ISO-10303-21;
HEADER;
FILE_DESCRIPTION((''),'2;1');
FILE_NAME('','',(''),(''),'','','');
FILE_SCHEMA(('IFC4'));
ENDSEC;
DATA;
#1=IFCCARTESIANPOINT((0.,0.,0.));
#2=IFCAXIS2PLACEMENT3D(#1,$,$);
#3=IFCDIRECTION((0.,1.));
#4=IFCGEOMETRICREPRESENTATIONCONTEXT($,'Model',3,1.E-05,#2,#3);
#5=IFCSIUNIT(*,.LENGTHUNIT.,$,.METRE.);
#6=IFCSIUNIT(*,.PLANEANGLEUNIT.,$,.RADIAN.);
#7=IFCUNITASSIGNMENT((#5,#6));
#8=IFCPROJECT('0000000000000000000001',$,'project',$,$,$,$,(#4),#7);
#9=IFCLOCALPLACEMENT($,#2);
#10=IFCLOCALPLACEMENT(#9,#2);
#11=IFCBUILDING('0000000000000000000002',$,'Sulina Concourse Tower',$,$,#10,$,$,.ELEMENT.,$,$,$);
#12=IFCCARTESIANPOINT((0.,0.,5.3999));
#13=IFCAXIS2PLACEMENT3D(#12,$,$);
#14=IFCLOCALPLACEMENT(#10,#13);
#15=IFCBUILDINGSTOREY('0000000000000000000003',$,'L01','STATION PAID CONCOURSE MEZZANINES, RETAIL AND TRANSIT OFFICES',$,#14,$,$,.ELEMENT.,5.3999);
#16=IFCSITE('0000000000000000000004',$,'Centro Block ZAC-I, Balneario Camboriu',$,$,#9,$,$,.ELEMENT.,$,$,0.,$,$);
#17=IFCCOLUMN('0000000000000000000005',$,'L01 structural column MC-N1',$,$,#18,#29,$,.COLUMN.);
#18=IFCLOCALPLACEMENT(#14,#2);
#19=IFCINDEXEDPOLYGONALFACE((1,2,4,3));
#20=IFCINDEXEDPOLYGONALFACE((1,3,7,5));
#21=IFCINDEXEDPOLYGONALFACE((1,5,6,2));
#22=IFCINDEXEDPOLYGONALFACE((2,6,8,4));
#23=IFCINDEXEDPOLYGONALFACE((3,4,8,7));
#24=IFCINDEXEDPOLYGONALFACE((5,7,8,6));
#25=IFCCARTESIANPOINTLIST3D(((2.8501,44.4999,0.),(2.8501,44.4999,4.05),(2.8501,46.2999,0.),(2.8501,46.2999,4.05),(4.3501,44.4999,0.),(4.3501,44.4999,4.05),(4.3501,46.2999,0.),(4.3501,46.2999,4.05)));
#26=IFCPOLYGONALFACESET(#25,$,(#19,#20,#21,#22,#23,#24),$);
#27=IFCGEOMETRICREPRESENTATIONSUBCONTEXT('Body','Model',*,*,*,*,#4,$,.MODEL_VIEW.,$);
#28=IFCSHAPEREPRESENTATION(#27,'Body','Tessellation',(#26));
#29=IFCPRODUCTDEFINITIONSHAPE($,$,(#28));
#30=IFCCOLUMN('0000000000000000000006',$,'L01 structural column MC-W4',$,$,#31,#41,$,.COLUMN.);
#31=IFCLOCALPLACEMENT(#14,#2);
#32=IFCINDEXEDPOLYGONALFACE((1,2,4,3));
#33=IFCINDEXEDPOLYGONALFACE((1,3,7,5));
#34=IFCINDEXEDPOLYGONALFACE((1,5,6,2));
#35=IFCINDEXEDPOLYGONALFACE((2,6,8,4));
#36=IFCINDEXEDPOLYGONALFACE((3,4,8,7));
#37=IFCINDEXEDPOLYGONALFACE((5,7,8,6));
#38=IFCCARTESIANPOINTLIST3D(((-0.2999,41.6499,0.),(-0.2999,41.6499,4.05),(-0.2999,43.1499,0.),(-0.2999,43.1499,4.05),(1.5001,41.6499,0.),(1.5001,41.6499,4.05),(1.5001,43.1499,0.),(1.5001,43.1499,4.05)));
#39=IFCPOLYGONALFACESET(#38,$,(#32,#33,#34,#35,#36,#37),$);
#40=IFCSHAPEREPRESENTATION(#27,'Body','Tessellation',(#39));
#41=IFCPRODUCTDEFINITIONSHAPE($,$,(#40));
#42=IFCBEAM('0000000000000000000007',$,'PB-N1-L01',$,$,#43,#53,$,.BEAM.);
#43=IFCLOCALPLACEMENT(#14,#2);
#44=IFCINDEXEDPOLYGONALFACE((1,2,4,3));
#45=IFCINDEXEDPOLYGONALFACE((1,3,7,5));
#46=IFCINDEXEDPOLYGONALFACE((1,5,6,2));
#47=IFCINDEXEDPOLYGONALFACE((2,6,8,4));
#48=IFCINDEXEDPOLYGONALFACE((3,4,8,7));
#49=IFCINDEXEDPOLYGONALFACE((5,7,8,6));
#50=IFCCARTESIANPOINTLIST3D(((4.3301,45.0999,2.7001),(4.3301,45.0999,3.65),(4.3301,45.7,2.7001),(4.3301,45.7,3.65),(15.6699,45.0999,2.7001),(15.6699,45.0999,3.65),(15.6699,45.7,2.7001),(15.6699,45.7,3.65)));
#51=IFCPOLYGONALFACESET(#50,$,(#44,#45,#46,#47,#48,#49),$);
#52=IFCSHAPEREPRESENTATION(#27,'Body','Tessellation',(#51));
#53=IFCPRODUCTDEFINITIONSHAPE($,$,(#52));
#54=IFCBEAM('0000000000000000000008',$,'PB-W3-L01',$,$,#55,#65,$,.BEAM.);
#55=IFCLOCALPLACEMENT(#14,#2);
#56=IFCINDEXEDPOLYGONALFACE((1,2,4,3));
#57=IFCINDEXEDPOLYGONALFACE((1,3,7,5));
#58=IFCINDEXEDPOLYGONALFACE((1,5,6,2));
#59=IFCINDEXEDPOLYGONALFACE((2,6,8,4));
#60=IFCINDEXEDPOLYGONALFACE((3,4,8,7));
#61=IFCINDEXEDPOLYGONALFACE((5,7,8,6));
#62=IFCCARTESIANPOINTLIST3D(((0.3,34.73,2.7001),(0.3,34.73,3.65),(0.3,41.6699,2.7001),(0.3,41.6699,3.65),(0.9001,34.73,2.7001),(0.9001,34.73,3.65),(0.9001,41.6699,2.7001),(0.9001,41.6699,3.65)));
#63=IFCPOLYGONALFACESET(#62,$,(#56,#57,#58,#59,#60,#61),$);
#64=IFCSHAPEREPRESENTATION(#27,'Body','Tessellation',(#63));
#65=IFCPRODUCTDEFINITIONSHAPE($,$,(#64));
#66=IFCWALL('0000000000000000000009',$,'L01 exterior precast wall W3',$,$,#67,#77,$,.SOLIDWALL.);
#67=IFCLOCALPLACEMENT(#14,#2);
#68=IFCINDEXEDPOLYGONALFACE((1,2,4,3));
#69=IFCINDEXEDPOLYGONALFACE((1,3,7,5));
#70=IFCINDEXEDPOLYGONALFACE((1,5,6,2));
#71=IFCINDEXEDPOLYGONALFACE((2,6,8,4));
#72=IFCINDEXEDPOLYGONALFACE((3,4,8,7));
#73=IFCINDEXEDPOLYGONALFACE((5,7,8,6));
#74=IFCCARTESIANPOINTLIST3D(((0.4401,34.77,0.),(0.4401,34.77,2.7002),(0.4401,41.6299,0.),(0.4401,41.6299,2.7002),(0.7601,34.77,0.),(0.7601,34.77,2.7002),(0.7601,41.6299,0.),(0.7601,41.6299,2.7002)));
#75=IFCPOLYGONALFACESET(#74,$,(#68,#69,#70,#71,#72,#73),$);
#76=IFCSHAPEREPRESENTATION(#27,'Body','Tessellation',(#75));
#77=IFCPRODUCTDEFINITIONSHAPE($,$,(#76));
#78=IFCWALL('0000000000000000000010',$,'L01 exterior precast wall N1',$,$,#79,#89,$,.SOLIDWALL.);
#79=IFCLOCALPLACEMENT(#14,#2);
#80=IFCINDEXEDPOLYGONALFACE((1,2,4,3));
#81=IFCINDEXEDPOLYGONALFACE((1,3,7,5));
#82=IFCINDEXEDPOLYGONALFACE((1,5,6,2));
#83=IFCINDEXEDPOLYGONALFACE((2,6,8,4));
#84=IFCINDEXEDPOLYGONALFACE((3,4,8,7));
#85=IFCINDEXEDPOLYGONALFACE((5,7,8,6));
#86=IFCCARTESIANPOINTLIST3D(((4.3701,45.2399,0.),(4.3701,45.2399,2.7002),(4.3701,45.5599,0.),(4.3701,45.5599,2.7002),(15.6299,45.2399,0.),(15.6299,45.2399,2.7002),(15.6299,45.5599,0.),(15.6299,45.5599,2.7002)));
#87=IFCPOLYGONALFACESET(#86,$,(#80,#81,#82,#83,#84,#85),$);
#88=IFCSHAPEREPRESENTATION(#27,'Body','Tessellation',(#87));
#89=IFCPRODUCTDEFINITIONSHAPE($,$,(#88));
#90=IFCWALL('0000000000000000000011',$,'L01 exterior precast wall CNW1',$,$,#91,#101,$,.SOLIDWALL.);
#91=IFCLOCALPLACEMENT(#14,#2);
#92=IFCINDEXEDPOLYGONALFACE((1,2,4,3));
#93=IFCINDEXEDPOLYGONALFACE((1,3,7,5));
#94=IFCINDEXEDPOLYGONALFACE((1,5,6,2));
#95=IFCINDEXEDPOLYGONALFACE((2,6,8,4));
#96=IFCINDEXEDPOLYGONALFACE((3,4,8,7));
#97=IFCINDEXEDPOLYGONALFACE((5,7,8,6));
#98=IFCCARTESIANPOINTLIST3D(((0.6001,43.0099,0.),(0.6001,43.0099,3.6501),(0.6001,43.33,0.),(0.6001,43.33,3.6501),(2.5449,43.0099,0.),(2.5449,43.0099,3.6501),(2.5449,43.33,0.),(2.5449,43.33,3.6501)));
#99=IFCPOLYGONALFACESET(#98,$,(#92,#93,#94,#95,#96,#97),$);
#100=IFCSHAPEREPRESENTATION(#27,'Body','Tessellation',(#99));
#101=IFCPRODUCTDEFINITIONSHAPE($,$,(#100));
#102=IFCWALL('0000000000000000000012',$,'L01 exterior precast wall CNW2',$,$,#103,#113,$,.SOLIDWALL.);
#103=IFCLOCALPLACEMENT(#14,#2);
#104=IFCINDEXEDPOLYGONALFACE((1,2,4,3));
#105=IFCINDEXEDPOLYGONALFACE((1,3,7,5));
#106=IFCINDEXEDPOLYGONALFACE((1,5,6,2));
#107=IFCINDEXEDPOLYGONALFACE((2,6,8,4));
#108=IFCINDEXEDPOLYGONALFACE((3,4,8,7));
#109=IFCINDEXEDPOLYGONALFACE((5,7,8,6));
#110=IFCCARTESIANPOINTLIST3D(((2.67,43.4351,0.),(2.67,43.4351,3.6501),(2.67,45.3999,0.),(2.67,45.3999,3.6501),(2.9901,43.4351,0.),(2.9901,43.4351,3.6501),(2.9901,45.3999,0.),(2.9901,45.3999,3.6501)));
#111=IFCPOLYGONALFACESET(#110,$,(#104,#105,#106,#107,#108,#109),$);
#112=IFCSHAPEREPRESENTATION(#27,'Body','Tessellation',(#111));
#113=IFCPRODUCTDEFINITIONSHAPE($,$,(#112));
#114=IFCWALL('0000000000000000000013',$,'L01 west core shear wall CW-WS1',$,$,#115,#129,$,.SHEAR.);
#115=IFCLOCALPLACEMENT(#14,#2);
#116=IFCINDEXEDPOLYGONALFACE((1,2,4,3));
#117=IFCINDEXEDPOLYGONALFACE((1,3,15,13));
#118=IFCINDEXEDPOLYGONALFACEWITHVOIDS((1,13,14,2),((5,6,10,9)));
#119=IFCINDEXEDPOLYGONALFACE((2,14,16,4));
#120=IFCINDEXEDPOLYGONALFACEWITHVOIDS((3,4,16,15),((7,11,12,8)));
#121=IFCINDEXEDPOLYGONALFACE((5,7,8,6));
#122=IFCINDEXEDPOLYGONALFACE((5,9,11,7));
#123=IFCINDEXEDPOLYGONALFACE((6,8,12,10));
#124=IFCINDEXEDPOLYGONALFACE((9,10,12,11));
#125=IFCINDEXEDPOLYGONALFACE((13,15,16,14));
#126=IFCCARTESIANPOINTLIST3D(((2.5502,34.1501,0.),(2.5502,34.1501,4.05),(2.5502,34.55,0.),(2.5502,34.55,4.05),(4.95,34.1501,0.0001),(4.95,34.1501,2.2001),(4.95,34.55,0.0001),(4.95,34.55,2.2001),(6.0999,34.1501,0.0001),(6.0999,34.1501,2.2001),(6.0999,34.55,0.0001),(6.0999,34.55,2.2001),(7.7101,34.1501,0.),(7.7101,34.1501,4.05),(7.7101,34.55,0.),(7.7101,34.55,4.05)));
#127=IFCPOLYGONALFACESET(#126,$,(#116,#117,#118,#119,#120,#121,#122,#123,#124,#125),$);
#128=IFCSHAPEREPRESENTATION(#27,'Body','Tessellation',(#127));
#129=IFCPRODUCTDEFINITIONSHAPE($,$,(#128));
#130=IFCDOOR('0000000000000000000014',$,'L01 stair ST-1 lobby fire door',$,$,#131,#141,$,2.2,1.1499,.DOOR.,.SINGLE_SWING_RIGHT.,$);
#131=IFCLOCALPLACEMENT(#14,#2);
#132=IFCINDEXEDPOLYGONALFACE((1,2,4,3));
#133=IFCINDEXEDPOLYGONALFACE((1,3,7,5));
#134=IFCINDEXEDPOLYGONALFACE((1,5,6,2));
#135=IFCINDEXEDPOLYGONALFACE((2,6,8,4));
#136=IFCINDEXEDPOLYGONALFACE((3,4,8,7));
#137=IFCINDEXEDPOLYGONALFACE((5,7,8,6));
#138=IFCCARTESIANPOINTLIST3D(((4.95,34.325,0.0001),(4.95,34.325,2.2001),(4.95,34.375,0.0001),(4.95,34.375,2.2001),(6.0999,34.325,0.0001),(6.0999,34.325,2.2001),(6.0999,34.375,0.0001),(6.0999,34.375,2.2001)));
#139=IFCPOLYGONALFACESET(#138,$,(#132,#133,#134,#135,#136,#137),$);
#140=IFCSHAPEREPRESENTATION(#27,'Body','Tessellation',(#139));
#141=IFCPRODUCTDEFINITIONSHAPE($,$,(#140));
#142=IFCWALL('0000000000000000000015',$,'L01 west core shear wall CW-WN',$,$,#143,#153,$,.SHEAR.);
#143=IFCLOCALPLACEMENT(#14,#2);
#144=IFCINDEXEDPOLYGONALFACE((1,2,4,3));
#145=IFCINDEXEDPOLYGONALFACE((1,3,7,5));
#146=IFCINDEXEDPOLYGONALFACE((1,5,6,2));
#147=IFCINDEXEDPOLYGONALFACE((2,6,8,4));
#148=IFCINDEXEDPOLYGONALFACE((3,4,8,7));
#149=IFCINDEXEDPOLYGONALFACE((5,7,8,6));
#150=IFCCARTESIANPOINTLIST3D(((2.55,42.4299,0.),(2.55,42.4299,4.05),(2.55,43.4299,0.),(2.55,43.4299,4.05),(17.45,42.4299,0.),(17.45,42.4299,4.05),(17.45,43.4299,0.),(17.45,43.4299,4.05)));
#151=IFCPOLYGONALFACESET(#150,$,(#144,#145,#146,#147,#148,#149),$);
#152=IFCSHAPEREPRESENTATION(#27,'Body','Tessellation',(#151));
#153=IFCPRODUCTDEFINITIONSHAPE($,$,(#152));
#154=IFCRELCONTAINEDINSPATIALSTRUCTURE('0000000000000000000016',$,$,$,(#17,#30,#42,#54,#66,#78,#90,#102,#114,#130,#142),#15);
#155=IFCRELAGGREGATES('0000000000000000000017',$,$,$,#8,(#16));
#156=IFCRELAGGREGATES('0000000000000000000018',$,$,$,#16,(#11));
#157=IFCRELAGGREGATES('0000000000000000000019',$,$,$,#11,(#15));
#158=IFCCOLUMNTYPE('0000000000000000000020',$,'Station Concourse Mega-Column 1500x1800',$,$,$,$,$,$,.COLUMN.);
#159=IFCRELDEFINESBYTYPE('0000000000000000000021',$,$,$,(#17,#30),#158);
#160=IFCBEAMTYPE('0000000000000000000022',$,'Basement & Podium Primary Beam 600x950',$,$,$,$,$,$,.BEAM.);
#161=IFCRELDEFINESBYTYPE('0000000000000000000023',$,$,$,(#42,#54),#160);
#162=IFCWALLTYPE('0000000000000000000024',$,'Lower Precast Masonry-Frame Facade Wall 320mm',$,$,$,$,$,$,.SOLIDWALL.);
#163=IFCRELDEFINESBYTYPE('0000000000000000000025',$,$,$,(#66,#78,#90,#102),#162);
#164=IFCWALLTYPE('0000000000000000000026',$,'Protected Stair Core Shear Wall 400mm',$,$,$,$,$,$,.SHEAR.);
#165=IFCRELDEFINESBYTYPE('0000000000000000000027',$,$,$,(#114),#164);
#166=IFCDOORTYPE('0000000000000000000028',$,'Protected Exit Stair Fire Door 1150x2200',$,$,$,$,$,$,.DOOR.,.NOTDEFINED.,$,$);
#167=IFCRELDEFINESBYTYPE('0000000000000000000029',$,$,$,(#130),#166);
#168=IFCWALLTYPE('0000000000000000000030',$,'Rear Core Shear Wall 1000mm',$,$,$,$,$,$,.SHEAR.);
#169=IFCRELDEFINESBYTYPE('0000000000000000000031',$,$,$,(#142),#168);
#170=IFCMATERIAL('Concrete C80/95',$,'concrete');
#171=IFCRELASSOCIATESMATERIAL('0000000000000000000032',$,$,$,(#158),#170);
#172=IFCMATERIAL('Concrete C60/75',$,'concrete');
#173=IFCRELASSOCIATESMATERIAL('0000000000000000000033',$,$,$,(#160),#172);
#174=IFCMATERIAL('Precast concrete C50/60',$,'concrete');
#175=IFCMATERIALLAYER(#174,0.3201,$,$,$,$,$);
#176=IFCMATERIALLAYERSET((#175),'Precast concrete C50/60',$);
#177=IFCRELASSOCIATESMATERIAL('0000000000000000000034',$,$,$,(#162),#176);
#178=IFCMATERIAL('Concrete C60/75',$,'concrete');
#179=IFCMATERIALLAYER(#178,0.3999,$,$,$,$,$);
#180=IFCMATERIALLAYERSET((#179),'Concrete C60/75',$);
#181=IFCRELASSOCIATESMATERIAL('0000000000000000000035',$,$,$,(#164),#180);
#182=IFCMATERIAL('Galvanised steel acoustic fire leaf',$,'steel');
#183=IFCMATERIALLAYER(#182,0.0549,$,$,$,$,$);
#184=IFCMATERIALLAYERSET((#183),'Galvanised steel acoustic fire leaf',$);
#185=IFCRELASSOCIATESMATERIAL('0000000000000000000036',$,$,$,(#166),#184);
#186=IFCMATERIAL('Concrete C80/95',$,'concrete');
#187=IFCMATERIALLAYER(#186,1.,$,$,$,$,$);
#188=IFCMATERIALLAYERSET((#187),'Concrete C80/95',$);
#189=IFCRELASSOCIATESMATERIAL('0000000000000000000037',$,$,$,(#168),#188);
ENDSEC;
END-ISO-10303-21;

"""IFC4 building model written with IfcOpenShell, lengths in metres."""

from ifc_helpers import new_model, si_unit, direction, frame, frame_2d, origin, origin_2d, place, context, subcontext, project, spatial, rectangle, extrude, material, layer, layer_set, material_profile, profile_set, type_object, element, fill, save


model = new_model("IFC4")

# Units and contexts
model_context = context("Model", 3, precision=1e-05, world=origin(), true_north=direction((0.0, 1.0)))
body_context = subcontext(model_context, "Body", "Model", "MODEL_VIEW")
ifc_project = project(units=[si_unit("LENGTHUNIT", "METRE"), si_unit("PLANEANGLEUNIT", "RADIAN")], contexts=[model_context])

# Site, building, storey
site_placement = place(None, origin())
site = spatial("IfcSite", under=ifc_project, at=site_placement, Name="Centro Block ZAC-I, Balneario Camboriu", CompositionType="ELEMENT", RefElevation=0.0)
building_placement = place(site_placement, origin())
building = spatial("IfcBuilding", under=site, at=building_placement, Name="Sulina Concourse Tower", CompositionType="ELEMENT")
storey_placement = place(building_placement, frame((0.0, 0.0, 5.3999)))
storey = spatial("IfcBuildingStorey", under=building, at=storey_placement, Name="L01", Description="STATION PAID CONCOURSE MEZZANINES, RETAIL AND TRANSIT OFFICES", CompositionType="ELEMENT", Elevation=5.3999)

# Columns
ifc_material_1 = material(Name="Concrete C80/95", Category="concrete")
ifc_material_profile_1 = material_profile(ifc_material_1, rectangle(XDim=1.5, YDim=1.8, at=origin_2d()), Name="RC 1500x1800")
ifc_profile_set_1 = profile_set([ifc_material_profile_1], Name="Concrete C80/95")
column_type = type_object("IfcColumnType", Name="Station Concourse Mega-Column 1500x1800", PredefinedType="COLUMN", material=ifc_profile_set_1)
for number, where, z_axis, x_axis, name in (
    (1, (3.6001, 45.3999, 0.0), (0.0, 0.0, 1.0), (1.0, 0.0, 0.0), "L01 structural column MC-N1"),
    (2, (0.6001, 42.3999, 0.0), (0.0, 0.0, 1.0), (0.0, 1.0, 0.0), "L01 structural column MC-W4"),
):
    element("IfcColumn", number, at=place(storey_placement, frame(where, z_axis=z_axis, x_axis=x_axis)), inside=storey, type_object=column_type, Name=name, PredefinedType="COLUMN", context=body_context, shape_type="SweptSolid", body=[
        extrude(rectangle(XDim=1.5, YDim=1.8, at=origin_2d()), origin(), (0.0, 0.0, 1.0), 4.05),
    ])

# Beams
ifc_material_2 = material(Name="Concrete C60/75", Category="concrete")
ifc_material_profile_2 = material_profile(ifc_material_2, rectangle(XDim=0.6001, YDim=0.95, at=origin_2d()), Name="RC 600x950")
ifc_profile_set_2 = profile_set([ifc_material_profile_2], Name="Concrete C60/75")
beam_type = type_object("IfcBeamType", Name="Basement & Podium Primary Beam 600x950", PredefinedType="BEAM", material=ifc_profile_set_2)
beam_1_placement = place(storey_placement, frame((4.3301, 45.3999, 3.175), z_axis=(1.0, 0.0, 0.0), x_axis=(0.0, 1.0, 0.0)))
element("IfcBeam", 3, at=beam_1_placement, inside=storey, type_object=beam_type, Name="PB-N1-L01", PredefinedType="BEAM", context=body_context, shape_type="SweptSolid", body=[
    extrude(rectangle(XDim=0.6001, YDim=0.95, at=origin_2d()), origin(), (0.0, 0.0, 1.0), 11.3398),
])
beam_2_placement = place(storey_placement, frame((0.6001, 34.73, 3.175), z_axis=(0.0, 1.0, 0.0), x_axis=(-1.0, 0.0, 0.0)))
element("IfcBeam", 4, at=beam_2_placement, inside=storey, type_object=beam_type, Name="PB-W3-L01", PredefinedType="BEAM", context=body_context, shape_type="SweptSolid", body=[
    extrude(rectangle(XDim=0.6001, YDim=0.95, at=origin_2d()), origin(), (0.0, 0.0, 1.0), 6.9399),
])

# Walls
ifc_material_3 = material(Name="Precast concrete C50/60", Category="concrete")
ifc_layer_1 = layer(ifc_material_3, 0.3201)
ifc_layer_set_1 = layer_set([ifc_layer_1], Name="Precast concrete C50/60")
wall_type_1 = type_object("IfcWallType", Name="Lower Precast Masonry-Frame Facade Wall 320mm", PredefinedType="SOLIDWALL", material=ifc_layer_set_1)
wall_1_placement = place(storey_placement, frame((0.6001, 34.77, 0.0), z_axis=(0.0, 0.0, 1.0), x_axis=(0.0, 1.0, 0.0)))
element("IfcWall", 5, at=wall_1_placement, inside=storey, type_object=wall_type_1, Name="L01 exterior precast wall W3", PredefinedType="SOLIDWALL", context=body_context, shape_type="SweptSolid", body=[
    extrude(rectangle(XDim=6.8599, YDim=0.3201, at=frame_2d((3.4299, 0.0))), origin(), (0.0, 0.0, 1.0), 2.7002),
])
wall_2_placement = place(storey_placement, frame((4.3701, 45.3999, 0.0), z_axis=(0.0, 0.0, 1.0), x_axis=(1.0, 0.0, 0.0)))
element("IfcWall", 6, at=wall_2_placement, inside=storey, type_object=wall_type_1, Name="L01 exterior precast wall N1", PredefinedType="SOLIDWALL", context=body_context, shape_type="SweptSolid", body=[
    extrude(rectangle(XDim=11.2598, YDim=0.3201, at=frame_2d((5.6299, 0.0))), origin(), (0.0, 0.0, 1.0), 2.7002),
])
wall_3_placement = place(storey_placement, frame((0.6001, 43.1699, 0.0), z_axis=(0.0, 0.0, 1.0), x_axis=(1.0, 0.0, 0.0)))
element("IfcWall", 7, at=wall_3_placement, inside=storey, type_object=wall_type_1, Name="L01 exterior precast wall CNW1", PredefinedType="SOLIDWALL", context=body_context, shape_type="SweptSolid", body=[
    extrude(rectangle(XDim=1.9448, YDim=0.3201, at=frame_2d((0.9724, 0.0))), origin(), (0.0, 0.0, 1.0), 3.6501),
])
wall_4_placement = place(storey_placement, frame((2.8301, 43.4351, 0.0), z_axis=(0.0, 0.0, 1.0), x_axis=(0.0, 1.0, 0.0)))
element("IfcWall", 8, at=wall_4_placement, inside=storey, type_object=wall_type_1, Name="L01 exterior precast wall CNW2", PredefinedType="SOLIDWALL", context=body_context, shape_type="SweptSolid", body=[
    extrude(rectangle(XDim=1.9648, YDim=0.3201, at=frame_2d((0.9824, 0.0))), origin(), (0.0, 0.0, 1.0), 3.6501),
])

# Wall, opening, door
ifc_material_4 = material(Name="Concrete C60/75", Category="concrete")
ifc_layer_2 = layer(ifc_material_4, 0.3999)
ifc_layer_set_2 = layer_set([ifc_layer_2], Name="Concrete C60/75")
wall_type_2 = type_object("IfcWallType", Name="Protected Stair Core Shear Wall 400mm", PredefinedType="SHEAR", material=ifc_layer_set_2)
wall_5_placement = place(storey_placement, frame((2.55, 34.3501, 0.0), z_axis=(0.0, 0.0, 1.0), x_axis=(1.0, 0.0, 0.0)))
wall_5 = element("IfcWall", 9, at=wall_5_placement, inside=storey, type_object=wall_type_2, Name="L01 west core shear wall CW-WS1", PredefinedType="SHEAR", context=body_context, shape_type="SweptSolid", body=[
    extrude(rectangle(XDim=5.1599, YDim=0.3999, at=frame_2d((2.5801, 0.0))), origin(), (0.0, 0.0, 1.0), 4.05),
])
opening_placement = place(wall_5_placement, frame((2.3999, 0.0, 0.0)))
opening = element("IfcOpeningElement", 10, at=opening_placement, cuts=wall_5, PredefinedType="OPENING", context=body_context, shape_type="SweptSolid", body=[
    extrude(rectangle(XDim=1.1499, YDim=2.2, at=frame_2d((0.575, 1.1001))), frame((0.0, 0.21, 0.0), z_axis=(0.0, -1.0, 0.0), x_axis=(1.0, 0.0, 0.0)), (0.0, 0.0, 1.0), 0.4199),
])
ifc_material_5 = material(Name="Galvanised steel acoustic fire leaf", Category="steel")
ifc_layer_3 = layer(ifc_material_5, 0.0549)
ifc_layer_set_3 = layer_set([ifc_layer_3], Name="Galvanised steel acoustic fire leaf")
door_type = type_object("IfcDoorType", Name="Protected Exit Stair Fire Door 1150x2200", OperationType="NOTDEFINED", PredefinedType="DOOR", material=ifc_layer_set_3)
door_placement = place(opening_placement, origin())
door = element("IfcDoor", 11, at=door_placement, inside=storey, type_object=door_type, Name="L01 stair ST-1 lobby fire door", OperationType="SINGLE_SWING_RIGHT", OverallHeight=2.2, OverallWidth=1.1499, PredefinedType="DOOR", context=body_context, shape_type="SweptSolid", body=[
    extrude(rectangle(XDim=1.1499, YDim=2.2, at=frame_2d((0.575, 1.1001))), frame((0.0, 0.0249, 0.0), z_axis=(0.0, -1.0, 0.0), x_axis=(1.0, 0.0, 0.0)), (0.0, 0.0, 1.0), 0.05),
])
fill(opening, door)

# Wall
ifc_material_6 = material(Name="Concrete C80/95", Category="concrete")
ifc_layer_4 = layer(ifc_material_6, 1.0)
ifc_layer_set_4 = layer_set([ifc_layer_4], Name="Concrete C80/95")
wall_type_3 = type_object("IfcWallType", Name="Rear Core Shear Wall 1000mm", PredefinedType="SHEAR", material=ifc_layer_set_4)
wall_6_placement = place(storey_placement, frame((2.55, 42.9299, 0.0), z_axis=(0.0, 0.0, 1.0), x_axis=(1.0, 0.0, 0.0)))
element("IfcWall", 12, at=wall_6_placement, inside=storey, type_object=wall_type_3, Name="L01 west core shear wall CW-WN", PredefinedType="SHEAR", context=body_context, shape_type="SweptSolid", body=[
    extrude(rectangle(XDim=14.8999, YDim=1.0, at=frame_2d((7.45, 0.0))), origin(), (0.0, 0.0, 1.0), 4.05),
])

save(model, "model.ifc")
